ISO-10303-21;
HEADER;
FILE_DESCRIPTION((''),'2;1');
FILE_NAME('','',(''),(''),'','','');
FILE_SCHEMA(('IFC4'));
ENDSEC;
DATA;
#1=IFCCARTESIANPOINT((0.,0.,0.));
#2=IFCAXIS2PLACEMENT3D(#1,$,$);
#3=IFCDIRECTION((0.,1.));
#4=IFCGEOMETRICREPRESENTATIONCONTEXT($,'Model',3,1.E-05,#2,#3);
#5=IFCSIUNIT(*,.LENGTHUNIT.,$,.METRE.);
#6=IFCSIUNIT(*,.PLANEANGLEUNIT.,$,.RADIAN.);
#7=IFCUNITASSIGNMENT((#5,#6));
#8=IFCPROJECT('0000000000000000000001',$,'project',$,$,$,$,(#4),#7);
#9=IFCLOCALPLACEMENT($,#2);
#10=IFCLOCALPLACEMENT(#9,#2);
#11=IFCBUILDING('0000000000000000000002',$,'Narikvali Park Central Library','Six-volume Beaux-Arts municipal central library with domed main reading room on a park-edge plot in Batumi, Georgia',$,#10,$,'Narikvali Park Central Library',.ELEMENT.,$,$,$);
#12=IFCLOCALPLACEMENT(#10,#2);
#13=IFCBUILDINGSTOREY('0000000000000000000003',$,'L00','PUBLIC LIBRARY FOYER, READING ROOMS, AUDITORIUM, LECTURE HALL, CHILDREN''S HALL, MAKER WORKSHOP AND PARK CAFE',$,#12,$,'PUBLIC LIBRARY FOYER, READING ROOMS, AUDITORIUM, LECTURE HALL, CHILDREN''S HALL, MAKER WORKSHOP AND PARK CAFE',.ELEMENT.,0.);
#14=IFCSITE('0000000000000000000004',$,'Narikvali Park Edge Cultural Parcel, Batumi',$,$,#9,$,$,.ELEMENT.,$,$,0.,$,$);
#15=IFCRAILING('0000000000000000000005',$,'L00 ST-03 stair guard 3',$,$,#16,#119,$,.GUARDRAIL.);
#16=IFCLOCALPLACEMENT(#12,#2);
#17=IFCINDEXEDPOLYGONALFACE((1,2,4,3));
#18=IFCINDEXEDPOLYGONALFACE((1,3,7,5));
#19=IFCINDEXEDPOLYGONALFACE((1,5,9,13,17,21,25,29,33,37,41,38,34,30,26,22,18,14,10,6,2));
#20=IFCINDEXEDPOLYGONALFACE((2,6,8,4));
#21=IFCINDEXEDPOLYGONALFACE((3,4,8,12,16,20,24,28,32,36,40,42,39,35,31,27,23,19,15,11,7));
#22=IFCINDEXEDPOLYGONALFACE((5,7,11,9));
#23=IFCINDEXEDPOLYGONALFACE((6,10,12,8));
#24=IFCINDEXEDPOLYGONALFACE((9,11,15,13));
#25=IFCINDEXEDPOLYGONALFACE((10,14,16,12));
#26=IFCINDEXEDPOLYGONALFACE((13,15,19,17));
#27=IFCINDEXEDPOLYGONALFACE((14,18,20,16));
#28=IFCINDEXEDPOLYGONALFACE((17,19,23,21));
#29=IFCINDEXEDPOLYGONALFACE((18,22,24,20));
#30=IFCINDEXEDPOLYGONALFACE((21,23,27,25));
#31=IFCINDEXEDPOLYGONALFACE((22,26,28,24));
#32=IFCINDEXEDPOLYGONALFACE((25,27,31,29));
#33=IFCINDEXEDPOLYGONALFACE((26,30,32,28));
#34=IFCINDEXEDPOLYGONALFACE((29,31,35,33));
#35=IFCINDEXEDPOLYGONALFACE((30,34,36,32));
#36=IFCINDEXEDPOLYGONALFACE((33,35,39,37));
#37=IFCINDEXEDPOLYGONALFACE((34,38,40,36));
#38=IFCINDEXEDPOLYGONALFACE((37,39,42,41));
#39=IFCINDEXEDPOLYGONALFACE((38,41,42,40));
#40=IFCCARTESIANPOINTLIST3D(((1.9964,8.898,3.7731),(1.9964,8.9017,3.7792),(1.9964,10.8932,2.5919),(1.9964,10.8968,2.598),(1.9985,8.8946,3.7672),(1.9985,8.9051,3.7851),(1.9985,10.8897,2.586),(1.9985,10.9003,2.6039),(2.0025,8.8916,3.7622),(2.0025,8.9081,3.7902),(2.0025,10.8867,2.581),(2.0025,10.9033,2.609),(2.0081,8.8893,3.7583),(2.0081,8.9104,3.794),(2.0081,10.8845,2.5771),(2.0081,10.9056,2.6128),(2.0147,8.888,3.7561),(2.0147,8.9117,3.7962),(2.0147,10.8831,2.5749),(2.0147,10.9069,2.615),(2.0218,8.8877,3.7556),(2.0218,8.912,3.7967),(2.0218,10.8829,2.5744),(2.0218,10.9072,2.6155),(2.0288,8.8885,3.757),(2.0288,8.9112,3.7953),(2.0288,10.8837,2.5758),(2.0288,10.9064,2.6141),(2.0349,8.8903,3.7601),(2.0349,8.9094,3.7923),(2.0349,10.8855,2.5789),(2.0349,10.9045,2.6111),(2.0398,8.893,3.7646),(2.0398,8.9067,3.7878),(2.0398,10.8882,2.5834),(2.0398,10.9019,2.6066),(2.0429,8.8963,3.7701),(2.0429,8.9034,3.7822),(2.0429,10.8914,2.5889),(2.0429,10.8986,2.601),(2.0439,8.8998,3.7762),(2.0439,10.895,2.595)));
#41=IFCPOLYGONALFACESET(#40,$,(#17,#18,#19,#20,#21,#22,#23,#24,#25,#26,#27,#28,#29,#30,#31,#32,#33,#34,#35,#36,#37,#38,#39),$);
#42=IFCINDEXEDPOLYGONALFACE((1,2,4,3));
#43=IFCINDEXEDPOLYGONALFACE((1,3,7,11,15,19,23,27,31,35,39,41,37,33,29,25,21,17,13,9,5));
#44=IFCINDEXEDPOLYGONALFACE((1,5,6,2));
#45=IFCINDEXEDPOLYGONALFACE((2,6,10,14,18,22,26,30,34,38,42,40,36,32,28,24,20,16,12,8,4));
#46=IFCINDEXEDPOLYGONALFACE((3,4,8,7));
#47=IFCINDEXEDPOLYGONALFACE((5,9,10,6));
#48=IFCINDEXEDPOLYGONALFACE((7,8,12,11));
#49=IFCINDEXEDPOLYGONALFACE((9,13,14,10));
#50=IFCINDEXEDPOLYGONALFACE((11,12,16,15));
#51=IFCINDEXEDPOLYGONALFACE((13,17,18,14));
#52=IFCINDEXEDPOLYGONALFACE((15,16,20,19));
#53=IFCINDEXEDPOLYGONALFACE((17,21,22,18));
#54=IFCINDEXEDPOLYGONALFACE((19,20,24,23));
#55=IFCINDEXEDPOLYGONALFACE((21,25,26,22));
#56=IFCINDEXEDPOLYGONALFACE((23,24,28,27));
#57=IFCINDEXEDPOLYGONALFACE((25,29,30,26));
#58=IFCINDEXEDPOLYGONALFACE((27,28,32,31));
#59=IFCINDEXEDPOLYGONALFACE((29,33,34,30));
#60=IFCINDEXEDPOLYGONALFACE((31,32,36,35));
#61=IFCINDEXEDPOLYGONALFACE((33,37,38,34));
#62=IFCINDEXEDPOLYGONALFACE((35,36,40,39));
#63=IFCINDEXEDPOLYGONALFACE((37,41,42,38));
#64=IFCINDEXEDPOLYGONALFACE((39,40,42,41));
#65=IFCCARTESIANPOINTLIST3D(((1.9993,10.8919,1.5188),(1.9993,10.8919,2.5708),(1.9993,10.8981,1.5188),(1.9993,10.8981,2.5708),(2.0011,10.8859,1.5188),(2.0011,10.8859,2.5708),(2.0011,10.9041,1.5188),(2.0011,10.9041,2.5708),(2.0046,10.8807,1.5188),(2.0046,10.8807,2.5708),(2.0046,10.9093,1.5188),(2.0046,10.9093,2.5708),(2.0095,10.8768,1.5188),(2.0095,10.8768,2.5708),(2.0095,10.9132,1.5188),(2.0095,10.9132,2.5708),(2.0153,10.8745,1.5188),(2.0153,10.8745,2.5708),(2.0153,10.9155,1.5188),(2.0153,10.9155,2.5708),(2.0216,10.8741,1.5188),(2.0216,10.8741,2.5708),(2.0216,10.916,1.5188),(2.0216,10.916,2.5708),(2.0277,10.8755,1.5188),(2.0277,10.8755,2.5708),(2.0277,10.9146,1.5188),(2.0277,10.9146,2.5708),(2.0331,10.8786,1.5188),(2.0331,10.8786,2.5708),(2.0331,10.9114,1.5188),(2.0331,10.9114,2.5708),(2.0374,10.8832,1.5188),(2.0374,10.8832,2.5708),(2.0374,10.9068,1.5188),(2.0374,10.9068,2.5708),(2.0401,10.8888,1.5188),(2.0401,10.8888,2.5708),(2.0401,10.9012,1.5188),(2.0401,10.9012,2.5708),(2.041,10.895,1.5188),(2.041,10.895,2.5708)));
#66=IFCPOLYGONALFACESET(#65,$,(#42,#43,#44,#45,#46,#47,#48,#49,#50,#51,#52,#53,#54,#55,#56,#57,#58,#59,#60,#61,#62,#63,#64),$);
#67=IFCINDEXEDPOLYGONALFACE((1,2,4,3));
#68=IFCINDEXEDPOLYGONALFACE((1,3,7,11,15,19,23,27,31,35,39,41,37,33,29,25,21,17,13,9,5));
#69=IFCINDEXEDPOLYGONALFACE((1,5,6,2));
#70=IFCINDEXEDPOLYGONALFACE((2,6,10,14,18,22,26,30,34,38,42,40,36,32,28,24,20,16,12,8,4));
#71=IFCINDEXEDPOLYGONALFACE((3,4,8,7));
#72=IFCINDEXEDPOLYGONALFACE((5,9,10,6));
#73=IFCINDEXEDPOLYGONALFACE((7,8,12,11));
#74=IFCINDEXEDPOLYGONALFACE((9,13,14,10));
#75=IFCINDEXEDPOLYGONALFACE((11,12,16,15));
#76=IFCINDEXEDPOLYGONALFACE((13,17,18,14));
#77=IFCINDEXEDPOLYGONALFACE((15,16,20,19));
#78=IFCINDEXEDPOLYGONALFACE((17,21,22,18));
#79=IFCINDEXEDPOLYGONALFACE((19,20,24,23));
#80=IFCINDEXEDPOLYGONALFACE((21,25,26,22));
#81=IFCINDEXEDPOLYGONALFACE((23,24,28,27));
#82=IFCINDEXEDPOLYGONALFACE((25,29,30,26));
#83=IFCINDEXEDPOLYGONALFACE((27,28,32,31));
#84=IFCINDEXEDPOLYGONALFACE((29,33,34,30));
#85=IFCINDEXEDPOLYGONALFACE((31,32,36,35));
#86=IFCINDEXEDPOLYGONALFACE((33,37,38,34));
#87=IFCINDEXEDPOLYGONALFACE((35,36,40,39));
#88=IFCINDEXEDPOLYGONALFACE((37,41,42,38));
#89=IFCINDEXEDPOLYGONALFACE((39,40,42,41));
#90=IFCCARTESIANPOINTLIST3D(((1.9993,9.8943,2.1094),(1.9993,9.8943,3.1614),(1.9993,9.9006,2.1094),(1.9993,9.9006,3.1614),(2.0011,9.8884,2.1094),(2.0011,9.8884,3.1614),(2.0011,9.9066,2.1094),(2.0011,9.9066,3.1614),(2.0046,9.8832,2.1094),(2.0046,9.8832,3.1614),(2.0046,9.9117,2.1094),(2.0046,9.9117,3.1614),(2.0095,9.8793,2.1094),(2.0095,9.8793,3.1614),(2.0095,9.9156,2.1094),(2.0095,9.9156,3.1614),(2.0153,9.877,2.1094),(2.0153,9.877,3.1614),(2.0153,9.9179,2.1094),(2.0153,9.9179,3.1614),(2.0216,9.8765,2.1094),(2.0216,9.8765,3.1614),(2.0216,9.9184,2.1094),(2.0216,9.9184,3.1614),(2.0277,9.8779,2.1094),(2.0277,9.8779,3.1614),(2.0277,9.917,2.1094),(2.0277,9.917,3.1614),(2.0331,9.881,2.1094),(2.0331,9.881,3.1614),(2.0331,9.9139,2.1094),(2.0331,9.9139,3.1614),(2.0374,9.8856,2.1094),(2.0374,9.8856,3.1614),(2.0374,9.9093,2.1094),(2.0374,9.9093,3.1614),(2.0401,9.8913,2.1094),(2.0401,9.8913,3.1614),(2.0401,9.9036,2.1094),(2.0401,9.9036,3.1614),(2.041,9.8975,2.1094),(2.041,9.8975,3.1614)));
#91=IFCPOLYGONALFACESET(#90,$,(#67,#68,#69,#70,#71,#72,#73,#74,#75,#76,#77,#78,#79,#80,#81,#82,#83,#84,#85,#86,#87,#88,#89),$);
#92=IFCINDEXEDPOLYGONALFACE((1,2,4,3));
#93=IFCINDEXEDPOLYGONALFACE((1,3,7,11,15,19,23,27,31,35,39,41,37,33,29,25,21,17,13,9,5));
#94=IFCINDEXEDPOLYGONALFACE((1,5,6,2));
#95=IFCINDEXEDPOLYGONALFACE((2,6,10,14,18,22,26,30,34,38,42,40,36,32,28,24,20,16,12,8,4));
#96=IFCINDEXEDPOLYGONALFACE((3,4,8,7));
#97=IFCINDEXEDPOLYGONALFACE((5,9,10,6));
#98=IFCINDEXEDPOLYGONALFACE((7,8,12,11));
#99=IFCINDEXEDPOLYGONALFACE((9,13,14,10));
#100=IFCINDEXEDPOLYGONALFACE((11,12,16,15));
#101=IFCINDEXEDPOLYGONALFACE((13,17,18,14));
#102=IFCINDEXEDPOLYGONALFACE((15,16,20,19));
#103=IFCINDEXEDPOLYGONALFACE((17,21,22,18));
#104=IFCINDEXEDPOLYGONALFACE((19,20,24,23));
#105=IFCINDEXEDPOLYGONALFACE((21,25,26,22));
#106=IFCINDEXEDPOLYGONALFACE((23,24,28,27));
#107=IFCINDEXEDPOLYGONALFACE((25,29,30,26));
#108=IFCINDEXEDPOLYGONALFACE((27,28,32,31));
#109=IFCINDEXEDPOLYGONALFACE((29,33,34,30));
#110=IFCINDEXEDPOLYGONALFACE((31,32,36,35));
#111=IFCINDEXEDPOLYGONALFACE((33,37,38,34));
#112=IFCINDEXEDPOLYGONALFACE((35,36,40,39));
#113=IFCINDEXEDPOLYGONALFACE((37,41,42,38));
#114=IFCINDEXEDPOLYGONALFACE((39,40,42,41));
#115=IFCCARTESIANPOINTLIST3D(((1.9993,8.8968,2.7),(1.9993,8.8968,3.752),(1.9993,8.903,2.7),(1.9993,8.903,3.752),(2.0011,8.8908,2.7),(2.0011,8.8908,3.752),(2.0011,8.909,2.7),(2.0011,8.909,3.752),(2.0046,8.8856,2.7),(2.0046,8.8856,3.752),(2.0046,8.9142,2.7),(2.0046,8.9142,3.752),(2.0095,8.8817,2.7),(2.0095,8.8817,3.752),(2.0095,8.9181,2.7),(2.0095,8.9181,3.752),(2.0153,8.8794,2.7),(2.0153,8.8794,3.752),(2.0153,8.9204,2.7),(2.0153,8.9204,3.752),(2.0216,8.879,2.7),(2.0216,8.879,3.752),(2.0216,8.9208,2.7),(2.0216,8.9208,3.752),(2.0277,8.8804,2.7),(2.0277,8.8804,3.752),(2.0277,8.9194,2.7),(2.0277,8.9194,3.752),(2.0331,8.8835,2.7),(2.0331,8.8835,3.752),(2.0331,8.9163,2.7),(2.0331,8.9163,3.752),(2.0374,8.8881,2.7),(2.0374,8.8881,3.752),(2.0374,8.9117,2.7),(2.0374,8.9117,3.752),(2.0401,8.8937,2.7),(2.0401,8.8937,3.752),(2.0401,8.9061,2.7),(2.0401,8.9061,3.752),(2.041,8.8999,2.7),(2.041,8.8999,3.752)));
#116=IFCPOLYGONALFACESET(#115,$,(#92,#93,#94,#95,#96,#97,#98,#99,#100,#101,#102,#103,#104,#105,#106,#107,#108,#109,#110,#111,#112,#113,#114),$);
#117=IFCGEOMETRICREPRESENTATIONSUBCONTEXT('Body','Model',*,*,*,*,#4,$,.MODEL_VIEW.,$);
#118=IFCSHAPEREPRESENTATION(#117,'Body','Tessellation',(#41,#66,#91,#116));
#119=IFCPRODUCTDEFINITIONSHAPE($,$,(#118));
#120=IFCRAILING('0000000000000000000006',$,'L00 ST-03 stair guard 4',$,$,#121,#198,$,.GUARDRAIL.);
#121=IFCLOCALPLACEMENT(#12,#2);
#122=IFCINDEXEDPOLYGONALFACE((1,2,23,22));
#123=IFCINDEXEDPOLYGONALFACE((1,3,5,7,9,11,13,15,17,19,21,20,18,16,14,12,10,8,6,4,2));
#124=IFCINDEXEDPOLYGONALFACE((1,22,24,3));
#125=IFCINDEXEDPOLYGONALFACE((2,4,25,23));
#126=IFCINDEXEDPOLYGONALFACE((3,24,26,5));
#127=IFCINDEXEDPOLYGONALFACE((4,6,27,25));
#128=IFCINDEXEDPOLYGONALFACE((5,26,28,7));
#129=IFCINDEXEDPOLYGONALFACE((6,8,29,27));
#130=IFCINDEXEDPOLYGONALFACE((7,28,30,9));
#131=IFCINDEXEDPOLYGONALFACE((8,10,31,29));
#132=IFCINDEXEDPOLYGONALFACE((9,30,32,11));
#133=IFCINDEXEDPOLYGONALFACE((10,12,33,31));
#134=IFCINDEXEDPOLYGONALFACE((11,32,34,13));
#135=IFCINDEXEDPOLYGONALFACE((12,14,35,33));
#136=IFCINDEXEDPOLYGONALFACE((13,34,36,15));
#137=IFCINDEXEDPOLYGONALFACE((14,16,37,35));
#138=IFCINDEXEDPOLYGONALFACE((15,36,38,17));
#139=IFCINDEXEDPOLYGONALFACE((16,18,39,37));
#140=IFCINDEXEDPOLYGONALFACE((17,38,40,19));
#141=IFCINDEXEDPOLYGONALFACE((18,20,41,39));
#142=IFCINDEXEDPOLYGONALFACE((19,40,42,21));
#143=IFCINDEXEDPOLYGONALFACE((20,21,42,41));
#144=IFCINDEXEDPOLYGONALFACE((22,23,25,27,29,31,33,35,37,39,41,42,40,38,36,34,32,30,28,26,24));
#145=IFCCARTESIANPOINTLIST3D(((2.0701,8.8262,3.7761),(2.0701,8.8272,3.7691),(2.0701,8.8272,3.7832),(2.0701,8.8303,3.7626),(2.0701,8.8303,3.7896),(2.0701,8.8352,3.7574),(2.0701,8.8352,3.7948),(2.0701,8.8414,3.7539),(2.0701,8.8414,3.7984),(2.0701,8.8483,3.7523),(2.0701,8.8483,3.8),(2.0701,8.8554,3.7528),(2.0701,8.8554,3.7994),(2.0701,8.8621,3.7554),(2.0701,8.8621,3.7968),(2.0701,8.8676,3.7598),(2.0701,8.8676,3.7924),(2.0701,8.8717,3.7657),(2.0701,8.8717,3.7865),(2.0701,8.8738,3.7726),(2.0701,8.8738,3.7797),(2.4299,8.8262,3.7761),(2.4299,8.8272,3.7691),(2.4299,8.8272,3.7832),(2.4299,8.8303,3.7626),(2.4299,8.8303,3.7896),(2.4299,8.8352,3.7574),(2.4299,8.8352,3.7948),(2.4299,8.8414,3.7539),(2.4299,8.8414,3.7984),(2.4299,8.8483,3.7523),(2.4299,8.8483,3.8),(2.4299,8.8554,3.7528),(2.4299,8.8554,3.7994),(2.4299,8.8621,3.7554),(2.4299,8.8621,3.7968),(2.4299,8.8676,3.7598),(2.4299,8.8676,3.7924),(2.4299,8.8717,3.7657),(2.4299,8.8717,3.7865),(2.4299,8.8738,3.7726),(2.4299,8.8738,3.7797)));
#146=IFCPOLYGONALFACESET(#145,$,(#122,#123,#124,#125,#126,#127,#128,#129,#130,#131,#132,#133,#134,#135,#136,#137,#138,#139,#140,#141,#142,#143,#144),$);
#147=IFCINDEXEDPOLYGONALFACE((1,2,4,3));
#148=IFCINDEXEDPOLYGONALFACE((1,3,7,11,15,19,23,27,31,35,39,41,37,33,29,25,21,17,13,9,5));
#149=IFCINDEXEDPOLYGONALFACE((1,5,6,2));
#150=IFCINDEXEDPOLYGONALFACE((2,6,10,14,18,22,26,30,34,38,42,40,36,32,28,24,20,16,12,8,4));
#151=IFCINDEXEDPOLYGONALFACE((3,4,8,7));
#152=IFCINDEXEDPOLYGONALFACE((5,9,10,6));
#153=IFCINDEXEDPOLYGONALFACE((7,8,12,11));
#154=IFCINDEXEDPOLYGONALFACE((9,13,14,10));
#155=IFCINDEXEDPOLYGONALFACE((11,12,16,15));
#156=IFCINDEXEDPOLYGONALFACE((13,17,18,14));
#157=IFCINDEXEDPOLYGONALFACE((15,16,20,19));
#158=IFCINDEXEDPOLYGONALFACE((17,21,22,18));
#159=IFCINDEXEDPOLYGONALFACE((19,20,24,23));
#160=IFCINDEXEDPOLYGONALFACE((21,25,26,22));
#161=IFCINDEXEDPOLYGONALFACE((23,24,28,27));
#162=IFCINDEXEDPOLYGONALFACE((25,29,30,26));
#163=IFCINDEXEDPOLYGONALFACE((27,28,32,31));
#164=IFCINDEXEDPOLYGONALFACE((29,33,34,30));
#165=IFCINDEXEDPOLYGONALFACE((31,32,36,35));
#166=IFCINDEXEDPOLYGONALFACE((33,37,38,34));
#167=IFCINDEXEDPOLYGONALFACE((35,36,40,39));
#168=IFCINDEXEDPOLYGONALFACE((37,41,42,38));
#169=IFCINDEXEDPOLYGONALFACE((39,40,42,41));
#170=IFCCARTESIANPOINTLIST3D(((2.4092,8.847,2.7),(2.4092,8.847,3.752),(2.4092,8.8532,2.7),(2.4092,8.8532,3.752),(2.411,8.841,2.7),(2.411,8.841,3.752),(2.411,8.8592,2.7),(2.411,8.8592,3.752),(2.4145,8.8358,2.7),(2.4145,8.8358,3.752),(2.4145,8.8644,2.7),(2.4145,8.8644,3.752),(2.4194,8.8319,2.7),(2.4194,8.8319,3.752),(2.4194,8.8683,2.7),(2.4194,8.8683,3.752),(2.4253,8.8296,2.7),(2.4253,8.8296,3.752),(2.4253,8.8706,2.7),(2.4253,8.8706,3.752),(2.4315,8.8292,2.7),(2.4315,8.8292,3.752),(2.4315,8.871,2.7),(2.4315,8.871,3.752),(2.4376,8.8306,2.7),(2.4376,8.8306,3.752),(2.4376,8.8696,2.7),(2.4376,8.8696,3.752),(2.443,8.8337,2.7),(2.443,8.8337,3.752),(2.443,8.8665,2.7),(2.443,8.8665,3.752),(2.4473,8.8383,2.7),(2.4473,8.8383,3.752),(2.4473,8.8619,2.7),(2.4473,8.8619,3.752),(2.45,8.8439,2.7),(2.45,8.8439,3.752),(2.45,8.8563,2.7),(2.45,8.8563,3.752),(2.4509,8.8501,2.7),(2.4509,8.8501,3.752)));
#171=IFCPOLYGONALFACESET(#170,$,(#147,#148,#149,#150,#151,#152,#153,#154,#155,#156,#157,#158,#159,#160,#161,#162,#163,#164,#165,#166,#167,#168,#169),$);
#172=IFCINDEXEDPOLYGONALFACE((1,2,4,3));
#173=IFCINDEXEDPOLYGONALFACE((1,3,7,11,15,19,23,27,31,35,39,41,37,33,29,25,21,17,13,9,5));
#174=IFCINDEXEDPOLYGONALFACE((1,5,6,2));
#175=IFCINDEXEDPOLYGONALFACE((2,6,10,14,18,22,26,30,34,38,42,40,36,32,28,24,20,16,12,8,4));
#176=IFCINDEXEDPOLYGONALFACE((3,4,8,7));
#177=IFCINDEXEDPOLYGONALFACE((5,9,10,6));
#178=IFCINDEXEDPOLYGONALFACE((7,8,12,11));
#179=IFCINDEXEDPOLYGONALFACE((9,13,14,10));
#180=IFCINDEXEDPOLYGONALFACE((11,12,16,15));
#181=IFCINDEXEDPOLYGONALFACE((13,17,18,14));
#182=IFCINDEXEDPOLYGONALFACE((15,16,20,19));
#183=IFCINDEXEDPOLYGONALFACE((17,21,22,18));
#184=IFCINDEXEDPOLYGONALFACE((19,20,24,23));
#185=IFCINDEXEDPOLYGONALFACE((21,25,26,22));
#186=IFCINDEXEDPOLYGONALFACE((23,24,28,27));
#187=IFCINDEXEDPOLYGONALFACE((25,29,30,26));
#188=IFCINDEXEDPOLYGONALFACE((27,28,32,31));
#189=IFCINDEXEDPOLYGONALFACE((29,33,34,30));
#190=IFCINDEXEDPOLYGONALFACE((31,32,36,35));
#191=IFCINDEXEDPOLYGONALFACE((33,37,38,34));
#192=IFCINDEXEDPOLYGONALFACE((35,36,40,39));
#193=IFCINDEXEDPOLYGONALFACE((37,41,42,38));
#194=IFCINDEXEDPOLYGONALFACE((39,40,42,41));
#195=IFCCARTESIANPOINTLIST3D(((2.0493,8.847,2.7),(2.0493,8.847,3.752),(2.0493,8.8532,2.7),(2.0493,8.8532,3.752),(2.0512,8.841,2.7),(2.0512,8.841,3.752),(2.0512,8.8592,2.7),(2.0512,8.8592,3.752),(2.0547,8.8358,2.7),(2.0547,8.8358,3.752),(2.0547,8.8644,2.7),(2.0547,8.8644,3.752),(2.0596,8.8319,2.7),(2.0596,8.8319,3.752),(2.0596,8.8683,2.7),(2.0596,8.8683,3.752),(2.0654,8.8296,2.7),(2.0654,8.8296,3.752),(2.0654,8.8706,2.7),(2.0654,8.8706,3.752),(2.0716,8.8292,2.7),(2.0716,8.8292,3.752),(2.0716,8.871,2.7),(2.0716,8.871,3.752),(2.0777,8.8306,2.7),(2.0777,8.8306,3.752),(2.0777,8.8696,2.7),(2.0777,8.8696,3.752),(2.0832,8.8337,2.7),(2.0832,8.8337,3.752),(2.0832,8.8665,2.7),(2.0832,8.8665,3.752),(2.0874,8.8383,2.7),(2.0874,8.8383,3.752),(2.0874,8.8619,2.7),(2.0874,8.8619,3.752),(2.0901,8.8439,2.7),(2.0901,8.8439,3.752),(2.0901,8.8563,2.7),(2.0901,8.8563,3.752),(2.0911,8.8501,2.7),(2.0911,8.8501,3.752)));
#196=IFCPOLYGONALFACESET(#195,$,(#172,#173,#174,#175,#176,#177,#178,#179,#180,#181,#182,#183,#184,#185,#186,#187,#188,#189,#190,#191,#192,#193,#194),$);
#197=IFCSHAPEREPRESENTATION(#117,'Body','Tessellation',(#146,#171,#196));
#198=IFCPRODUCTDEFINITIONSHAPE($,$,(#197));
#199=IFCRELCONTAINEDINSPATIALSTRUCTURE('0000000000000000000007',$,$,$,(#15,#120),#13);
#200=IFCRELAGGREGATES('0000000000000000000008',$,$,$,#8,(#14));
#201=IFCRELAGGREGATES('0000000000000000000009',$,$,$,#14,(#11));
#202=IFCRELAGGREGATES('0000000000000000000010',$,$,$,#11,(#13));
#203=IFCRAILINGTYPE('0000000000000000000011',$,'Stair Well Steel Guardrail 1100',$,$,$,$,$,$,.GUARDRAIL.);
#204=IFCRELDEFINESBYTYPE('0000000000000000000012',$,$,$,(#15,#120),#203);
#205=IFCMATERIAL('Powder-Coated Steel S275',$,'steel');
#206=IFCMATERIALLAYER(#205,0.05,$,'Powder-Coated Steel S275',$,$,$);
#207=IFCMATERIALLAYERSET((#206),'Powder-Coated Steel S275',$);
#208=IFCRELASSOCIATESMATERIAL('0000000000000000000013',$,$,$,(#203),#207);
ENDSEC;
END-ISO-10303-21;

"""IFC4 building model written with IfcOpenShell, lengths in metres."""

from ifc_helpers import new_model, si_unit, direction, frame, origin, origin_2d, place, context, subcontext, project, spatial, circle, extrude, material, layer, layer_set, type_object, element, save


model = new_model("IFC4")

# Units and contexts
model_context = context("Model", 3, precision=1e-05, world=origin(), true_north=direction((0.0, 1.0)))
body_context = subcontext(model_context, "Body", "Model", "MODEL_VIEW")
ifc_project = project(units=[si_unit("LENGTHUNIT", "METRE"), si_unit("PLANEANGLEUNIT", "RADIAN")], contexts=[model_context])

# Site, building, storey
site_placement = place(None, origin())
site = spatial("IfcSite", under=ifc_project, at=site_placement, Name="Narikvali Park Edge Cultural Parcel, Batumi", CompositionType="ELEMENT", RefElevation=0.0)
building_placement = place(site_placement, origin())
building = spatial("IfcBuilding", under=site, at=building_placement, Name="Narikvali Park Central Library", Description="Six-volume Beaux-Arts municipal central library with domed main reading room on a park-edge plot in Batumi, Georgia", LongName="Narikvali Park Central Library", CompositionType="ELEMENT")
storey_placement = place(building_placement, origin())
storey = spatial("IfcBuildingStorey", under=building, at=storey_placement, Name="L00", Description="PUBLIC LIBRARY FOYER, READING ROOMS, AUDITORIUM, LECTURE HALL, CHILDREN'S HALL, MAKER WORKSHOP AND PARK CAFE", LongName="PUBLIC LIBRARY FOYER, READING ROOMS, AUDITORIUM, LECTURE HALL, CHILDREN'S HALL, MAKER WORKSHOP AND PARK CAFE", CompositionType="ELEMENT", Elevation=0.0)

# Railings
ifc_material_1 = material(Name="Powder-Coated Steel S275", Category="steel")
ifc_layer_1 = layer(ifc_material_1, 0.05, Name="Powder-Coated Steel S275")
ifc_layer_set_1 = layer_set([ifc_layer_1], Name="Powder-Coated Steel S275")
railing_type_1 = type_object("IfcRailingType", Name="Stair Well Steel Guardrail 1100", PredefinedType="GUARDRAIL", material=ifc_layer_set_1)
railing_1_placement = place(storey_placement, frame((2.02, 10.895, 1.5188)))
element("IfcRailing", 1, at=railing_1_placement, inside=storey, type_object=railing_type_1, Name="L00 ST-03 stair guard 3", PredefinedType="GUARDRAIL", context=body_context, shape_type="SweptSolid", body=[
    extrude(circle(Radius=0.0239, at=origin_2d()), frame((0.0, 0.0, 1.0762), z_axis=(0.0, -0.860507, 0.509439), x_axis=(1.0, 0.0, 0.0)), (0.0, 0.0, 1.0), 2.3186),
    extrude(circle(Radius=0.021, at=origin_2d()), origin(), (0.0, 0.0, 1.0), 1.052),
    extrude(circle(Radius=0.021, at=origin_2d()), frame((0.0, -0.9976, 0.5906)), (0.0, 0.0, 1.0), 1.052),
    extrude(circle(Radius=0.021, at=origin_2d()), frame((0.0, -1.9951, 1.1812)), (0.0, 0.0, 1.0), 1.052),
])
railing_2_placement = place(storey_placement, frame((2.4299, 8.8501, 2.7)))
element("IfcRailing", 2, at=railing_2_placement, inside=storey, type_object=railing_type_1, Name="L00 ST-03 stair guard 4", PredefinedType="GUARDRAIL", context=body_context, shape_type="SweptSolid", body=[
    extrude(circle(Radius=0.0239, at=origin_2d()), frame((0.0, 0.0, 1.0762), z_axis=(-1.0, 0.0, 0.0), x_axis=(0.0, -1.0, 0.0)), (0.0, 0.0, 1.0), 0.3599),
    extrude(circle(Radius=0.021, at=origin_2d()), origin(), (0.0, 0.0, 1.0), 1.052),
    extrude(circle(Radius=0.021, at=origin_2d()), frame((-0.3599, 0.0, 0.0)), (0.0, 0.0, 1.0), 1.052),
])

save(model, "model.ifc")
